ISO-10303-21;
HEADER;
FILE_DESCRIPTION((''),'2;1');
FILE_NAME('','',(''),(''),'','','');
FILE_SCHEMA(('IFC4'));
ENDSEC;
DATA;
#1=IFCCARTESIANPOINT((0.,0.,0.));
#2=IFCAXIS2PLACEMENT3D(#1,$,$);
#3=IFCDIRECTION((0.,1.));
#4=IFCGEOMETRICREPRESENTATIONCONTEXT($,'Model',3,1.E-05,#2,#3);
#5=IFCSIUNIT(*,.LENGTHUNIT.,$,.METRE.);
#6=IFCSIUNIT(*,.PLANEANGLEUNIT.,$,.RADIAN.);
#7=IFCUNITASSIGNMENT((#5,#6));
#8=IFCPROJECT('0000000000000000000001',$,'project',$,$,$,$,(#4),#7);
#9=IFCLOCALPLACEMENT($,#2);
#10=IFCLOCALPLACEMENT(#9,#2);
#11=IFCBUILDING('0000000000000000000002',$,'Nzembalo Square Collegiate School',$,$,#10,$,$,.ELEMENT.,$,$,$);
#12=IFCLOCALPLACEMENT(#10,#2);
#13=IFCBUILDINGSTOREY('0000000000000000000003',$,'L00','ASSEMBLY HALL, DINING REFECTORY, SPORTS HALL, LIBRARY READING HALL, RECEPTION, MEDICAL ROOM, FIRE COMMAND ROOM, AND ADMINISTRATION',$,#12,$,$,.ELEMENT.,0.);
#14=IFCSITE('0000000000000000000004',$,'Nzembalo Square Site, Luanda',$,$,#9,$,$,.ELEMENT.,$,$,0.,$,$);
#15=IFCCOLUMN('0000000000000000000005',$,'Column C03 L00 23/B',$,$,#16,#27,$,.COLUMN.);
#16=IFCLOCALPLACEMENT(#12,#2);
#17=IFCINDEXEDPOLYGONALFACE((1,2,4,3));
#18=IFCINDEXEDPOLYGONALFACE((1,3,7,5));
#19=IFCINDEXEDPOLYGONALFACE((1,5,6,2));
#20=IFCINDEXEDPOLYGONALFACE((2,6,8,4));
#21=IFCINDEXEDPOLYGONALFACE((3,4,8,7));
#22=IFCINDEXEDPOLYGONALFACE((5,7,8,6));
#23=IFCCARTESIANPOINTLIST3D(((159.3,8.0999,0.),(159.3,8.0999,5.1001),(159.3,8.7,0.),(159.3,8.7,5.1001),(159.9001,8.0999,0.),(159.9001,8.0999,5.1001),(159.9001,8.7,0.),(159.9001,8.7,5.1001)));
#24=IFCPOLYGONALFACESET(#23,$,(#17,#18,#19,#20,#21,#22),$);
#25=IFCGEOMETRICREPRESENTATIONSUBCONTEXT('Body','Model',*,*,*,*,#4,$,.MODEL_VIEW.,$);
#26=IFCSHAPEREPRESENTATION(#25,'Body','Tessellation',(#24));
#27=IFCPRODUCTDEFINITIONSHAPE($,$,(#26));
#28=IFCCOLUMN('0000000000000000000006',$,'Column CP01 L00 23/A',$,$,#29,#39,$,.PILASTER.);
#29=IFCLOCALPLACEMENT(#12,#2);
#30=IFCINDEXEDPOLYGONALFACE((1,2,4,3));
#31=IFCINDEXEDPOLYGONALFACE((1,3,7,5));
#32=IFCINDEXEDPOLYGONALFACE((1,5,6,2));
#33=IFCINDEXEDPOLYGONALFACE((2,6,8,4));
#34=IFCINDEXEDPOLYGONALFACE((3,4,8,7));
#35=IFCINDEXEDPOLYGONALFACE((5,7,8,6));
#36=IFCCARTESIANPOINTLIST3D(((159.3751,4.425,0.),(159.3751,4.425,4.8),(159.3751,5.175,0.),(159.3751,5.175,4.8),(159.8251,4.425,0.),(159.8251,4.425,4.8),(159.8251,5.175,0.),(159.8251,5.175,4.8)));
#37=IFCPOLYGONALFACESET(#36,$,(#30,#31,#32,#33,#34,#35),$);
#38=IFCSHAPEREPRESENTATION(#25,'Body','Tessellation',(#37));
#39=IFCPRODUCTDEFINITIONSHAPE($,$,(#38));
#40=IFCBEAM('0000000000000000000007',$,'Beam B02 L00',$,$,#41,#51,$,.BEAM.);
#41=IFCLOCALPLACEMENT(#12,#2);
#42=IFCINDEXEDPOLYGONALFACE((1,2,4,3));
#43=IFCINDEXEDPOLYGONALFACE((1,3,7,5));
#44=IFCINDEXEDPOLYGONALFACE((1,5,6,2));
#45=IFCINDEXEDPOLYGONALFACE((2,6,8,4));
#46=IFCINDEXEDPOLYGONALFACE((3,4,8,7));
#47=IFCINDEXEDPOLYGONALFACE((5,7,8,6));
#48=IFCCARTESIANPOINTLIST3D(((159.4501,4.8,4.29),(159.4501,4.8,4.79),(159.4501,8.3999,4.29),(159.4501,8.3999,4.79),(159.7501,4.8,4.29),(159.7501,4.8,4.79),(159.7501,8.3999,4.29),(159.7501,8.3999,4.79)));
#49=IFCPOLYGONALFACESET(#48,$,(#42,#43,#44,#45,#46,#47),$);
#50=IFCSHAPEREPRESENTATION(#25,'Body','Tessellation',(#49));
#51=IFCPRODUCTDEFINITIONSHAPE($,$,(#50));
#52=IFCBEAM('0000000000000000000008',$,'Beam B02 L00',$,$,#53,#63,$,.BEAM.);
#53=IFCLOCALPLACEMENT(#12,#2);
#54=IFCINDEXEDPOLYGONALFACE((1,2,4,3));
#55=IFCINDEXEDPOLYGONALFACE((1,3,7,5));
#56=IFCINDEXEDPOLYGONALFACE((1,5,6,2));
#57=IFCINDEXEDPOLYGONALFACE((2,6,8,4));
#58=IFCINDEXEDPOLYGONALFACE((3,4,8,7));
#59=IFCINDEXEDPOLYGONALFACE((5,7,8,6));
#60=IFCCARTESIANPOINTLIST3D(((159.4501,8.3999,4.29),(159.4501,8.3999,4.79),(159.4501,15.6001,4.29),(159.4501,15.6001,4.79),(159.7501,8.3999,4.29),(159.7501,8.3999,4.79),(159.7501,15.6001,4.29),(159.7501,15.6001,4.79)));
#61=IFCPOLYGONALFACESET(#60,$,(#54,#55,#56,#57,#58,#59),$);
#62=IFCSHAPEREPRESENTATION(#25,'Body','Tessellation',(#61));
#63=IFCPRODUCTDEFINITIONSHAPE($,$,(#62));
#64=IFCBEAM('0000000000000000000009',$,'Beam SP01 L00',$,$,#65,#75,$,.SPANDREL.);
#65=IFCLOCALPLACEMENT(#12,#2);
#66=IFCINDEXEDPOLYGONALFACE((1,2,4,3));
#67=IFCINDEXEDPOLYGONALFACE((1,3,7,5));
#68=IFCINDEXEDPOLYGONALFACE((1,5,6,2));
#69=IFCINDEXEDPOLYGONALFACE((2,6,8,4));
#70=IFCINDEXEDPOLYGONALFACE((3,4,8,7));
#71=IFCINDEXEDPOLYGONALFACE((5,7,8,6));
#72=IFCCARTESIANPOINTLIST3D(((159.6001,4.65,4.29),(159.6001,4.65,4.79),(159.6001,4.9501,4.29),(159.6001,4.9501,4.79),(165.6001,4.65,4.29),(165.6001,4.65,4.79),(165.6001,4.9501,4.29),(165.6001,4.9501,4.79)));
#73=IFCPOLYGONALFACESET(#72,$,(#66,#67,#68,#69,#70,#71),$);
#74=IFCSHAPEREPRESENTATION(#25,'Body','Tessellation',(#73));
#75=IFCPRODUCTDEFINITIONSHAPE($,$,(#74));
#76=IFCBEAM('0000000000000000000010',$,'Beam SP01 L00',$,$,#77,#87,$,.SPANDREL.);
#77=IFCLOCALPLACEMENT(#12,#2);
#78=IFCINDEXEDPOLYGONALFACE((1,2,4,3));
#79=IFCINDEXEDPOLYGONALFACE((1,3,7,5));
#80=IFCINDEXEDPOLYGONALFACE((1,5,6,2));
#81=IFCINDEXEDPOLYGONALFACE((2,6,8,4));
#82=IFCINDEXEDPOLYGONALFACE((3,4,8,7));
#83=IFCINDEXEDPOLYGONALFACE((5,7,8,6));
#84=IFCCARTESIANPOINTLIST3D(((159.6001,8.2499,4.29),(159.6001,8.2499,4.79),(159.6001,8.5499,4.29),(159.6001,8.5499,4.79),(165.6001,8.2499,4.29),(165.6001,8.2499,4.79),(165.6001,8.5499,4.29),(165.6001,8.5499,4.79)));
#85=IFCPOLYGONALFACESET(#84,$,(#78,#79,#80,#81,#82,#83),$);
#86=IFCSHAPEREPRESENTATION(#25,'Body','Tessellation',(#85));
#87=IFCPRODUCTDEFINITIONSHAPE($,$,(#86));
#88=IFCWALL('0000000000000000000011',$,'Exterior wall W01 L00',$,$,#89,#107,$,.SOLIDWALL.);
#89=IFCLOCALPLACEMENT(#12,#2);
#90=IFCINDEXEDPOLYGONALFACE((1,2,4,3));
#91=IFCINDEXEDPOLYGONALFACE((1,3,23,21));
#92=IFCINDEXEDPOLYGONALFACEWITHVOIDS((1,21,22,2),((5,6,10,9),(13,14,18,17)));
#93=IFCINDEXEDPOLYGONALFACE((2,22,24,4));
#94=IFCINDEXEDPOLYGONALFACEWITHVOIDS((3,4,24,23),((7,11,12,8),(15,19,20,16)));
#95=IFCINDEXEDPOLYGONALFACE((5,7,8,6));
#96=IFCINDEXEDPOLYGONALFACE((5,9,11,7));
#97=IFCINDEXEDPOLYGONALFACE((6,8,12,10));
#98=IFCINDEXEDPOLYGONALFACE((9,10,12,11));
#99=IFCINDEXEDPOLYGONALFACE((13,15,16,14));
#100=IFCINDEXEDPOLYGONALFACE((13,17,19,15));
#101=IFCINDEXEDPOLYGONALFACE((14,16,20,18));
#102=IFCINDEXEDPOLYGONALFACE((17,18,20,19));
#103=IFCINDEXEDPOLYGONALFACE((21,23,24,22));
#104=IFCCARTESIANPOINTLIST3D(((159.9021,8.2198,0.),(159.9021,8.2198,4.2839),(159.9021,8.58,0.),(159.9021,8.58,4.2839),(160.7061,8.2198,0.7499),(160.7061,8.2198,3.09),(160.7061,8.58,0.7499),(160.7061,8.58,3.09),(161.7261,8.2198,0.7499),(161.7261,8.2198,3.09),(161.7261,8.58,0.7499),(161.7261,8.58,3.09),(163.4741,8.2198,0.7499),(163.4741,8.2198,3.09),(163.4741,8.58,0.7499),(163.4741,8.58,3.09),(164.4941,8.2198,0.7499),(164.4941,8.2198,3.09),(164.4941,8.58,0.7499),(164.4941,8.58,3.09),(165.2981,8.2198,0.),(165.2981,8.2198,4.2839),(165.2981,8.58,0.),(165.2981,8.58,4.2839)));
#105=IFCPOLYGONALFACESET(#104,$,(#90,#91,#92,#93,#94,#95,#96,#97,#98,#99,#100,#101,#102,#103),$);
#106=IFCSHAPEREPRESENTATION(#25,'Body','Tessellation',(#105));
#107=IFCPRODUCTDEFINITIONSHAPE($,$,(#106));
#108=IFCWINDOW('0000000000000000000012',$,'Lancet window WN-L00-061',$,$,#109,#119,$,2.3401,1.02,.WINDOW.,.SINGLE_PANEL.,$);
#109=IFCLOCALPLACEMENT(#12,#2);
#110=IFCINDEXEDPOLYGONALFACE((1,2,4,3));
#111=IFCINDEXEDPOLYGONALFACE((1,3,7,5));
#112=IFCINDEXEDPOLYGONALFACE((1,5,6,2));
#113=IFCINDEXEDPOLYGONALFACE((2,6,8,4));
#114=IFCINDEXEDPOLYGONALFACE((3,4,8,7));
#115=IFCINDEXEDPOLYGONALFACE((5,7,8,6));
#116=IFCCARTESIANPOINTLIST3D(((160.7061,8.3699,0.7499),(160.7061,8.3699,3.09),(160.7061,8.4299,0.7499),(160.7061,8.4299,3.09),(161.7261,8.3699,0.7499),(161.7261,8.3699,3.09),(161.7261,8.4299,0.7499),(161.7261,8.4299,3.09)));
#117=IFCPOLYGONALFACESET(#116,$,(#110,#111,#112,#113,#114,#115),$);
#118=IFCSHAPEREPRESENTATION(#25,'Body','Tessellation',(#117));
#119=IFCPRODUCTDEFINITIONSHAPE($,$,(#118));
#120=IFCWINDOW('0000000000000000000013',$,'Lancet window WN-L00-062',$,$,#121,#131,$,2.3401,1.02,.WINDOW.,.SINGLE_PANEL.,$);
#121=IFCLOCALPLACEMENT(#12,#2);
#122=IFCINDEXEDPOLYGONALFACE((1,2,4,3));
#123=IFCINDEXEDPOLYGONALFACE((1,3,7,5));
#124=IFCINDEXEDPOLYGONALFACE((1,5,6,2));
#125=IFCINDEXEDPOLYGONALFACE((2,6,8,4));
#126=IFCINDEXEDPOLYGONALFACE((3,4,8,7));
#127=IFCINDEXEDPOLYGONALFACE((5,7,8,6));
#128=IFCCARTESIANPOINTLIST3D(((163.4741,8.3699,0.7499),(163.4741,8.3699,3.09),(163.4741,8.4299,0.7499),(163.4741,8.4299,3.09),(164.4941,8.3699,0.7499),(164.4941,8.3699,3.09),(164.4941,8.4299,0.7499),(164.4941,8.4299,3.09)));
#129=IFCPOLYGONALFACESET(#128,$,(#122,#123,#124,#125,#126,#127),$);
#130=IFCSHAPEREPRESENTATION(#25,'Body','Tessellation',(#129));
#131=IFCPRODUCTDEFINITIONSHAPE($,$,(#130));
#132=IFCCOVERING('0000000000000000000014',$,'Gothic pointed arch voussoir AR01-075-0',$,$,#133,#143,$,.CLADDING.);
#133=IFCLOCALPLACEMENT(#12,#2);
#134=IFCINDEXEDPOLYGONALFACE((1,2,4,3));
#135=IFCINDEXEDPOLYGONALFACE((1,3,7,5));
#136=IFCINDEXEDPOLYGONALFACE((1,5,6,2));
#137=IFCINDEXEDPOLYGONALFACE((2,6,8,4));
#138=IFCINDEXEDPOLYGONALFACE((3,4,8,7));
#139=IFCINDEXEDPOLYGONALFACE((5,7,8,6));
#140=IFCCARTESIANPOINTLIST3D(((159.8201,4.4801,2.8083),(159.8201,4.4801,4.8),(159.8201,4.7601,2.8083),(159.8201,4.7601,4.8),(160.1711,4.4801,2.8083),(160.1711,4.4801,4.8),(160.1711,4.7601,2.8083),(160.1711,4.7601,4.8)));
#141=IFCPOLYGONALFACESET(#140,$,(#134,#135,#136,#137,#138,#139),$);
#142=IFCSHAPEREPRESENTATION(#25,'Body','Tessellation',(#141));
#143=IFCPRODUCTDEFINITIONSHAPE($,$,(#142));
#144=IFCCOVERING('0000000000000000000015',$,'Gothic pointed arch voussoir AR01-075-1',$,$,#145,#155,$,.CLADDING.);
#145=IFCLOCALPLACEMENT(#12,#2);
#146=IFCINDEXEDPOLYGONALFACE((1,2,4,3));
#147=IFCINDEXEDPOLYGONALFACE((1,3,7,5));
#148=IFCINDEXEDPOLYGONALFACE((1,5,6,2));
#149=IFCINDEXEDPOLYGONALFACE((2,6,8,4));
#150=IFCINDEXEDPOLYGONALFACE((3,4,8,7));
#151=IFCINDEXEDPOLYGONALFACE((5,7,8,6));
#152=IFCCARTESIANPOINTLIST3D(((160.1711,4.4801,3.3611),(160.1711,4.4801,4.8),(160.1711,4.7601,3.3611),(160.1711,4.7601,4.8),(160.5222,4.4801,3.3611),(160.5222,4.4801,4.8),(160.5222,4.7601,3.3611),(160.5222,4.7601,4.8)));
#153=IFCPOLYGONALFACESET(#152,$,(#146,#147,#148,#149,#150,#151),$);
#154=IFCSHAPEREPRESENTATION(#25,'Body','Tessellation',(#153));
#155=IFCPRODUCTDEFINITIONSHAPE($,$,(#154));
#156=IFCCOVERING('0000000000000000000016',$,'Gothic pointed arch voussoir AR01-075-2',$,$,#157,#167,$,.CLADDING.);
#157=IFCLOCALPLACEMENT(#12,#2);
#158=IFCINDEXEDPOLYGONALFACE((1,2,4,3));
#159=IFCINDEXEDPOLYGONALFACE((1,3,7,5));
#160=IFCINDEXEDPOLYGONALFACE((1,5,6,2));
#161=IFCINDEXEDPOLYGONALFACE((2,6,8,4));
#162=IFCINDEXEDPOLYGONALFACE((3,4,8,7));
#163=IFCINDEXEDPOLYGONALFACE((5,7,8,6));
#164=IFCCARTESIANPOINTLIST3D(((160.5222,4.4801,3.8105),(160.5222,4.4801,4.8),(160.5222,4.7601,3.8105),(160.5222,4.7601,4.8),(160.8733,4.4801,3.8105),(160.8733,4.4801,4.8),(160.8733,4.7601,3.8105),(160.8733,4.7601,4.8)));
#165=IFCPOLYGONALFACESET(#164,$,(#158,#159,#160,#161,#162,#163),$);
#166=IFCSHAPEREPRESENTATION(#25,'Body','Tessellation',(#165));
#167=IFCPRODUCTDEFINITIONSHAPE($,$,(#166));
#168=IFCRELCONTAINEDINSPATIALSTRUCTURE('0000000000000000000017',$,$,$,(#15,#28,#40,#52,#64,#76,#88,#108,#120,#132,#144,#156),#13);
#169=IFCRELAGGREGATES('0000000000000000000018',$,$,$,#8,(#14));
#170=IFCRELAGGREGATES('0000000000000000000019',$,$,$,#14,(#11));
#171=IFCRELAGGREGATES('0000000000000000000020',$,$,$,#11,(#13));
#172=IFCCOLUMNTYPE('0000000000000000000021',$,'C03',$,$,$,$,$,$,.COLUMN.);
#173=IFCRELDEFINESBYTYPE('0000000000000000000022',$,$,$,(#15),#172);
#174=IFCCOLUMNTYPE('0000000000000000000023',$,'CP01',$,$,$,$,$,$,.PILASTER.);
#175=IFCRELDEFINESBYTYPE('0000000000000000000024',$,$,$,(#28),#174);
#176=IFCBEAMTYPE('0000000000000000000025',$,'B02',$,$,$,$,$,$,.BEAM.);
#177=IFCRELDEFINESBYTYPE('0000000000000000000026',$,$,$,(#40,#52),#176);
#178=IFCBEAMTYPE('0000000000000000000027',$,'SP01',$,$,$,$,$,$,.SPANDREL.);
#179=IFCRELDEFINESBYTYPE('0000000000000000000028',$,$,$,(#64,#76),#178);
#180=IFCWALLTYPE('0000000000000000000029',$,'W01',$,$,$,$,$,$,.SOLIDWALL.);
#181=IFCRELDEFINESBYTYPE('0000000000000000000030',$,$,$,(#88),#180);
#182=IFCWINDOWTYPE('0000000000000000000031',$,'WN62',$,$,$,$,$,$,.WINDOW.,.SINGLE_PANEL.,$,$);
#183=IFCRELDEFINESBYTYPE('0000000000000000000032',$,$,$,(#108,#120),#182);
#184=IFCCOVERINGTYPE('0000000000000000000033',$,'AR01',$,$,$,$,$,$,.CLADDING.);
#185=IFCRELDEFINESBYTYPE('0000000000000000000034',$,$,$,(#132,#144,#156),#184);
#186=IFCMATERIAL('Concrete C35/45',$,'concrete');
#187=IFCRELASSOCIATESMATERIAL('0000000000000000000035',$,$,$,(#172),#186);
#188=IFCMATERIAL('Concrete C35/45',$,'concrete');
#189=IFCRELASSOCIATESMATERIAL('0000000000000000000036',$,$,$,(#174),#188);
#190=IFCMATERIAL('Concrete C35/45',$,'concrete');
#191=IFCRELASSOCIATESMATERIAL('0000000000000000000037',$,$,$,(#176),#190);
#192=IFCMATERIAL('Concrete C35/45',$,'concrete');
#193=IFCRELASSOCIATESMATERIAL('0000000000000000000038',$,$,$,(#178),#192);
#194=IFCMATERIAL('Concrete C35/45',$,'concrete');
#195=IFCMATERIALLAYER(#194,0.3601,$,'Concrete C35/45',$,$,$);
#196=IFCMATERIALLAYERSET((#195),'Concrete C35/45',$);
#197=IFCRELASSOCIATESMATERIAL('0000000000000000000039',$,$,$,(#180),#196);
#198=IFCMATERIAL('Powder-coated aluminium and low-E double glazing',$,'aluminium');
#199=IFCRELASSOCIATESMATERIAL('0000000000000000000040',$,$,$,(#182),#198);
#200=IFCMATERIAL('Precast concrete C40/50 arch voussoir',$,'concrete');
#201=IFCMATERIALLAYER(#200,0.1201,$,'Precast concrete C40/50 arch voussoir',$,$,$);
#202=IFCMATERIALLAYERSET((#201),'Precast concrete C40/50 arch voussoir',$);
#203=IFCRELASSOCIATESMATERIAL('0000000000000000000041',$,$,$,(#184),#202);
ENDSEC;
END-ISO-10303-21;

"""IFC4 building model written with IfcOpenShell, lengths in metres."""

from ifc_helpers import new_model, si_unit, direction, frame, frame_2d, origin, origin_2d, place, context, subcontext, project, spatial, rectangle, extrude, material, layer, layer_set, material_profile, profile_set, type_object, element, fill, save


model = new_model("IFC4")

# Units and contexts
model_context = context("Model", 3, precision=1e-05, world=origin(), true_north=direction((0.0, 1.0)))
body_context = subcontext(model_context, "Body", "Model", "MODEL_VIEW")
ifc_project = project(units=[si_unit("LENGTHUNIT", "METRE"), si_unit("PLANEANGLEUNIT", "RADIAN")], contexts=[model_context])

# Site, building, storey
site_placement = place(None, origin())
site = spatial("IfcSite", under=ifc_project, at=site_placement, Name="Nzembalo Square Site, Luanda", CompositionType="ELEMENT", RefElevation=0.0)
building_placement = place(site_placement, origin())
building = spatial("IfcBuilding", under=site, at=building_placement, Name="Nzembalo Square Collegiate School", CompositionType="ELEMENT")
storey_placement = place(building_placement, origin())
storey = spatial("IfcBuildingStorey", under=building, at=storey_placement, Name="L00", Description="ASSEMBLY HALL, DINING REFECTORY, SPORTS HALL, LIBRARY READING HALL, RECEPTION, MEDICAL ROOM, FIRE COMMAND ROOM, AND ADMINISTRATION", CompositionType="ELEMENT", Elevation=0.0)

# Columns
ifc_material_1 = material(Name="Concrete C35/45", Category="concrete")
ifc_material_profile_1 = material_profile(ifc_material_1, rectangle(XDim=0.6001, YDim=0.6001, at=origin_2d()), Name="RC 600x600")
ifc_profile_set_1 = profile_set([ifc_material_profile_1], Name="Concrete C35/45")
column_type_1 = type_object("IfcColumnType", Name="C03", PredefinedType="COLUMN", material=ifc_profile_set_1)
column_1_placement = place(storey_placement, frame((159.6001, 8.3999, 0.0), z_axis=(0.0, 0.0, 1.0), x_axis=(1.0, 0.0, 0.0)))
element("IfcColumn", 1, at=column_1_placement, inside=storey, type_object=column_type_1, Name="Column C03 L00 23/B", PredefinedType="COLUMN", context=body_context, shape_type="SweptSolid", body=[
    extrude(rectangle(XDim=0.6001, YDim=0.6001, at=origin_2d()), origin(), (0.0, 0.0, 1.0), 5.1001),
])
ifc_material_2 = material(Name="Concrete C35/45", Category="concrete")
ifc_material_profile_2 = material_profile(ifc_material_2, rectangle(XDim=0.45, YDim=0.75, at=origin_2d()), Name="RC 450x750")
ifc_profile_set_2 = profile_set([ifc_material_profile_2], Name="Concrete C35/45")
column_type_2 = type_object("IfcColumnType", Name="CP01", PredefinedType="PILASTER", material=ifc_profile_set_2)
column_2_placement = place(storey_placement, frame((159.6001, 4.8, 0.0), z_axis=(0.0, 0.0, 1.0), x_axis=(1.0, 0.0, 0.0)))
element("IfcColumn", 2, at=column_2_placement, inside=storey, type_object=column_type_2, Name="Column CP01 L00 23/A", PredefinedType="PILASTER", context=body_context, shape_type="SweptSolid", body=[
    extrude(rectangle(XDim=0.45, YDim=0.75, at=origin_2d()), origin(), (0.0, 0.0, 1.0), 4.8),
])

# Beams
ifc_material_3 = material(Name="Concrete C35/45", Category="concrete")
ifc_material_profile_3 = material_profile(ifc_material_3, rectangle(XDim=0.3, YDim=0.5, at=origin_2d()), Name="RC 300x500")
ifc_profile_set_3 = profile_set([ifc_material_profile_3], Name="Concrete C35/45")
beam_type_1 = type_object("IfcBeamType", Name="B02", PredefinedType="BEAM", material=ifc_profile_set_3)
beam_1_placement = place(storey_placement, frame((159.6001, 4.8, 4.54), z_axis=(0.0, 1.0, 0.0), x_axis=(-1.0, 0.0, 0.0)))
element("IfcBeam", 3, at=beam_1_placement, inside=storey, type_object=beam_type_1, Name="Beam B02 L00", PredefinedType="BEAM", context=body_context, shape_type="SweptSolid", body=[
    extrude(rectangle(XDim=0.3, YDim=0.5, at=origin_2d()), origin(), (0.0, 0.0, 1.0), 3.5999),
])
beam_2_placement = place(storey_placement, frame((159.6001, 8.3999, 4.54), z_axis=(0.0, 1.0, 0.0), x_axis=(-1.0, 0.0, 0.0)))
element("IfcBeam", 4, at=beam_2_placement, inside=storey, type_object=beam_type_1, Name="Beam B02 L00", PredefinedType="BEAM", context=body_context, shape_type="SweptSolid", body=[
    extrude(rectangle(XDim=0.3, YDim=0.5, at=origin_2d()), origin(), (0.0, 0.0, 1.0), 7.2002),
])
ifc_material_4 = material(Name="Concrete C35/45", Category="concrete")
ifc_material_profile_4 = material_profile(ifc_material_4, rectangle(XDim=0.3, YDim=0.5, at=origin_2d()), Name="RC 300x500")
ifc_profile_set_4 = profile_set([ifc_material_profile_4], Name="Concrete C35/45")
beam_type_2 = type_object("IfcBeamType", Name="SP01", PredefinedType="SPANDREL", material=ifc_profile_set_4)
for number, where, z_axis, x_axis, name in (
    (5, (159.6001, 4.8, 4.54), (1.0, 0.0, 0.0), (0.0, 1.0, 0.0), "Beam SP01 L00"),
    (6, (159.6001, 8.3999, 4.54), (1.0, 0.0, 0.0), (0.0, 1.0, 0.0), "Beam SP01 L00"),
):
    element("IfcBeam", number, at=place(storey_placement, frame(where, z_axis=z_axis, x_axis=x_axis)), inside=storey, type_object=beam_type_2, Name=name, PredefinedType="SPANDREL", context=body_context, shape_type="SweptSolid", body=[
        extrude(rectangle(XDim=0.3, YDim=0.5, at=origin_2d()), origin(), (0.0, 0.0, 1.0), 6.0),
    ])

# Wall, openings, windows
ifc_material_5 = material(Name="Concrete C35/45", Category="concrete")
ifc_layer_1 = layer(ifc_material_5, 0.3601, Name="Concrete C35/45")
ifc_layer_set_1 = layer_set([ifc_layer_1], Name="Concrete C35/45")
wall_type = type_object("IfcWallType", Name="W01", PredefinedType="SOLIDWALL", material=ifc_layer_set_1)
wall_placement = place(storey_placement, frame((159.9021, 8.3999, 0.0), z_axis=(0.0, 0.0, 1.0), x_axis=(1.0, 0.0, 0.0)))
wall = element("IfcWall", 7, at=wall_placement, inside=storey, type_object=wall_type, Name="Exterior wall W01 L00", PredefinedType="SOLIDWALL", context=body_context, shape_type="SweptSolid", body=[
    extrude(rectangle(XDim=5.396, YDim=0.3601, at=frame_2d((2.698, 0.0))), origin(), (0.0, 0.0, 1.0), 4.2839),
])
opening_1_placement = place(wall_placement, frame((0.804, 0.0, 0.75)))
opening_1 = element("IfcOpeningElement", 8, at=opening_1_placement, cuts=wall, PredefinedType="OPENING", context=body_context, shape_type="SweptSolid", body=[
    extrude(rectangle(XDim=1.02, YDim=2.3401, at=frame_2d((0.51, 1.1699))), frame((0.0, 0.1899, 0.0), z_axis=(0.0, -1.0, 0.0), x_axis=(1.0, 0.0, 0.0)), (0.0, 0.0, 1.0), 0.3801),
])
opening_2_placement = place(wall_placement, frame((3.572, 0.0, 0.75)))
opening_2 = element("IfcOpeningElement", 9, at=opening_2_placement, cuts=wall, PredefinedType="OPENING", context=body_context, shape_type="SweptSolid", body=[
    extrude(rectangle(XDim=1.02, YDim=2.3401, at=frame_2d((0.51, 1.1699))), frame((0.0, 0.1899, 0.0), z_axis=(0.0, -1.0, 0.0), x_axis=(1.0, 0.0, 0.0)), (0.0, 0.0, 1.0), 0.3801),
])
ifc_material_6 = material(Name="Powder-coated aluminium and low-E double glazing", Category="aluminium")
window_type = type_object("IfcWindowType", Name="WN62", PartitioningType="SINGLE_PANEL", PredefinedType="WINDOW", material=ifc_material_6)
window_1_placement = place(opening_1_placement, origin())
window_1 = element("IfcWindow", 10, at=window_1_placement, inside=storey, type_object=window_type, Name="Lancet window WN-L00-061", OverallHeight=2.3401, OverallWidth=1.02, PartitioningType="SINGLE_PANEL", PredefinedType="WINDOW", context=body_context, shape_type="SweptSolid", body=[
    extrude(rectangle(XDim=1.02, YDim=2.3401, at=frame_2d((0.51, 1.1699))), frame((0.0, 0.03, 0.0), z_axis=(0.0, -1.0, 0.0), x_axis=(1.0, 0.0, 0.0)), (0.0, 0.0, 1.0), 0.0601),
])
fill(opening_1, window_1)
window_2_placement = place(opening_2_placement, origin())
window_2 = element("IfcWindow", 11, at=window_2_placement, inside=storey, type_object=window_type, Name="Lancet window WN-L00-062", OverallHeight=2.3401, OverallWidth=1.02, PartitioningType="SINGLE_PANEL", PredefinedType="WINDOW", context=body_context, shape_type="SweptSolid", body=[
    extrude(rectangle(XDim=1.02, YDim=2.3401, at=frame_2d((0.51, 1.1699))), frame((0.0, 0.03, 0.0), z_axis=(0.0, -1.0, 0.0), x_axis=(1.0, 0.0, 0.0)), (0.0, 0.0, 1.0), 0.0601),
])
fill(opening_2, window_2)

# Coverings
ifc_material_7 = material(Name="Precast concrete C40/50 arch voussoir", Category="concrete")
ifc_layer_2 = layer(ifc_material_7, 0.1201, Name="Precast concrete C40/50 arch voussoir")
ifc_layer_set_2 = layer_set([ifc_layer_2], Name="Precast concrete C40/50 arch voussoir")
covering_type_1 = type_object("IfcCoveringType", Name="AR01", PredefinedType="CLADDING", material=ifc_layer_set_2)
covering_1_placement = place(storey_placement, frame((159.9956, 4.6201, 2.8083), z_axis=(0.0, 0.0, 1.0), x_axis=(1.0, 0.0, 0.0)))
element("IfcCovering", 12, at=covering_1_placement, inside=storey, type_object=covering_type_1, Name="Gothic pointed arch voussoir AR01-075-0", PredefinedType="CLADDING", context=body_context, shape_type="SweptSolid", body=[
    extrude(rectangle(XDim=0.3511, YDim=0.28, at=origin_2d()), origin(), (0.0, 0.0, 1.0), 1.9917),
])
covering_2_placement = place(storey_placement, frame((160.3467, 4.6201, 3.3611), z_axis=(0.0, 0.0, 1.0), x_axis=(1.0, 0.0, 0.0)))
element("IfcCovering", 13, at=covering_2_placement, inside=storey, type_object=covering_type_1, Name="Gothic pointed arch voussoir AR01-075-1", PredefinedType="CLADDING", context=body_context, shape_type="SweptSolid", body=[
    extrude(rectangle(XDim=0.3511, YDim=0.28, at=origin_2d()), origin(), (0.0, 0.0, 1.0), 1.439),
])
covering_3_placement = place(storey_placement, frame((160.6978, 4.6201, 3.8105), z_axis=(0.0, 0.0, 1.0), x_axis=(1.0, 0.0, 0.0)))
element("IfcCovering", 14, at=covering_3_placement, inside=storey, type_object=covering_type_1, Name="Gothic pointed arch voussoir AR01-075-2", PredefinedType="CLADDING", context=body_context, shape_type="SweptSolid", body=[
    extrude(rectangle(XDim=0.3511, YDim=0.28, at=origin_2d()), origin(), (0.0, 0.0, 1.0), 0.9895),
])

save(model, "model.ifc")
